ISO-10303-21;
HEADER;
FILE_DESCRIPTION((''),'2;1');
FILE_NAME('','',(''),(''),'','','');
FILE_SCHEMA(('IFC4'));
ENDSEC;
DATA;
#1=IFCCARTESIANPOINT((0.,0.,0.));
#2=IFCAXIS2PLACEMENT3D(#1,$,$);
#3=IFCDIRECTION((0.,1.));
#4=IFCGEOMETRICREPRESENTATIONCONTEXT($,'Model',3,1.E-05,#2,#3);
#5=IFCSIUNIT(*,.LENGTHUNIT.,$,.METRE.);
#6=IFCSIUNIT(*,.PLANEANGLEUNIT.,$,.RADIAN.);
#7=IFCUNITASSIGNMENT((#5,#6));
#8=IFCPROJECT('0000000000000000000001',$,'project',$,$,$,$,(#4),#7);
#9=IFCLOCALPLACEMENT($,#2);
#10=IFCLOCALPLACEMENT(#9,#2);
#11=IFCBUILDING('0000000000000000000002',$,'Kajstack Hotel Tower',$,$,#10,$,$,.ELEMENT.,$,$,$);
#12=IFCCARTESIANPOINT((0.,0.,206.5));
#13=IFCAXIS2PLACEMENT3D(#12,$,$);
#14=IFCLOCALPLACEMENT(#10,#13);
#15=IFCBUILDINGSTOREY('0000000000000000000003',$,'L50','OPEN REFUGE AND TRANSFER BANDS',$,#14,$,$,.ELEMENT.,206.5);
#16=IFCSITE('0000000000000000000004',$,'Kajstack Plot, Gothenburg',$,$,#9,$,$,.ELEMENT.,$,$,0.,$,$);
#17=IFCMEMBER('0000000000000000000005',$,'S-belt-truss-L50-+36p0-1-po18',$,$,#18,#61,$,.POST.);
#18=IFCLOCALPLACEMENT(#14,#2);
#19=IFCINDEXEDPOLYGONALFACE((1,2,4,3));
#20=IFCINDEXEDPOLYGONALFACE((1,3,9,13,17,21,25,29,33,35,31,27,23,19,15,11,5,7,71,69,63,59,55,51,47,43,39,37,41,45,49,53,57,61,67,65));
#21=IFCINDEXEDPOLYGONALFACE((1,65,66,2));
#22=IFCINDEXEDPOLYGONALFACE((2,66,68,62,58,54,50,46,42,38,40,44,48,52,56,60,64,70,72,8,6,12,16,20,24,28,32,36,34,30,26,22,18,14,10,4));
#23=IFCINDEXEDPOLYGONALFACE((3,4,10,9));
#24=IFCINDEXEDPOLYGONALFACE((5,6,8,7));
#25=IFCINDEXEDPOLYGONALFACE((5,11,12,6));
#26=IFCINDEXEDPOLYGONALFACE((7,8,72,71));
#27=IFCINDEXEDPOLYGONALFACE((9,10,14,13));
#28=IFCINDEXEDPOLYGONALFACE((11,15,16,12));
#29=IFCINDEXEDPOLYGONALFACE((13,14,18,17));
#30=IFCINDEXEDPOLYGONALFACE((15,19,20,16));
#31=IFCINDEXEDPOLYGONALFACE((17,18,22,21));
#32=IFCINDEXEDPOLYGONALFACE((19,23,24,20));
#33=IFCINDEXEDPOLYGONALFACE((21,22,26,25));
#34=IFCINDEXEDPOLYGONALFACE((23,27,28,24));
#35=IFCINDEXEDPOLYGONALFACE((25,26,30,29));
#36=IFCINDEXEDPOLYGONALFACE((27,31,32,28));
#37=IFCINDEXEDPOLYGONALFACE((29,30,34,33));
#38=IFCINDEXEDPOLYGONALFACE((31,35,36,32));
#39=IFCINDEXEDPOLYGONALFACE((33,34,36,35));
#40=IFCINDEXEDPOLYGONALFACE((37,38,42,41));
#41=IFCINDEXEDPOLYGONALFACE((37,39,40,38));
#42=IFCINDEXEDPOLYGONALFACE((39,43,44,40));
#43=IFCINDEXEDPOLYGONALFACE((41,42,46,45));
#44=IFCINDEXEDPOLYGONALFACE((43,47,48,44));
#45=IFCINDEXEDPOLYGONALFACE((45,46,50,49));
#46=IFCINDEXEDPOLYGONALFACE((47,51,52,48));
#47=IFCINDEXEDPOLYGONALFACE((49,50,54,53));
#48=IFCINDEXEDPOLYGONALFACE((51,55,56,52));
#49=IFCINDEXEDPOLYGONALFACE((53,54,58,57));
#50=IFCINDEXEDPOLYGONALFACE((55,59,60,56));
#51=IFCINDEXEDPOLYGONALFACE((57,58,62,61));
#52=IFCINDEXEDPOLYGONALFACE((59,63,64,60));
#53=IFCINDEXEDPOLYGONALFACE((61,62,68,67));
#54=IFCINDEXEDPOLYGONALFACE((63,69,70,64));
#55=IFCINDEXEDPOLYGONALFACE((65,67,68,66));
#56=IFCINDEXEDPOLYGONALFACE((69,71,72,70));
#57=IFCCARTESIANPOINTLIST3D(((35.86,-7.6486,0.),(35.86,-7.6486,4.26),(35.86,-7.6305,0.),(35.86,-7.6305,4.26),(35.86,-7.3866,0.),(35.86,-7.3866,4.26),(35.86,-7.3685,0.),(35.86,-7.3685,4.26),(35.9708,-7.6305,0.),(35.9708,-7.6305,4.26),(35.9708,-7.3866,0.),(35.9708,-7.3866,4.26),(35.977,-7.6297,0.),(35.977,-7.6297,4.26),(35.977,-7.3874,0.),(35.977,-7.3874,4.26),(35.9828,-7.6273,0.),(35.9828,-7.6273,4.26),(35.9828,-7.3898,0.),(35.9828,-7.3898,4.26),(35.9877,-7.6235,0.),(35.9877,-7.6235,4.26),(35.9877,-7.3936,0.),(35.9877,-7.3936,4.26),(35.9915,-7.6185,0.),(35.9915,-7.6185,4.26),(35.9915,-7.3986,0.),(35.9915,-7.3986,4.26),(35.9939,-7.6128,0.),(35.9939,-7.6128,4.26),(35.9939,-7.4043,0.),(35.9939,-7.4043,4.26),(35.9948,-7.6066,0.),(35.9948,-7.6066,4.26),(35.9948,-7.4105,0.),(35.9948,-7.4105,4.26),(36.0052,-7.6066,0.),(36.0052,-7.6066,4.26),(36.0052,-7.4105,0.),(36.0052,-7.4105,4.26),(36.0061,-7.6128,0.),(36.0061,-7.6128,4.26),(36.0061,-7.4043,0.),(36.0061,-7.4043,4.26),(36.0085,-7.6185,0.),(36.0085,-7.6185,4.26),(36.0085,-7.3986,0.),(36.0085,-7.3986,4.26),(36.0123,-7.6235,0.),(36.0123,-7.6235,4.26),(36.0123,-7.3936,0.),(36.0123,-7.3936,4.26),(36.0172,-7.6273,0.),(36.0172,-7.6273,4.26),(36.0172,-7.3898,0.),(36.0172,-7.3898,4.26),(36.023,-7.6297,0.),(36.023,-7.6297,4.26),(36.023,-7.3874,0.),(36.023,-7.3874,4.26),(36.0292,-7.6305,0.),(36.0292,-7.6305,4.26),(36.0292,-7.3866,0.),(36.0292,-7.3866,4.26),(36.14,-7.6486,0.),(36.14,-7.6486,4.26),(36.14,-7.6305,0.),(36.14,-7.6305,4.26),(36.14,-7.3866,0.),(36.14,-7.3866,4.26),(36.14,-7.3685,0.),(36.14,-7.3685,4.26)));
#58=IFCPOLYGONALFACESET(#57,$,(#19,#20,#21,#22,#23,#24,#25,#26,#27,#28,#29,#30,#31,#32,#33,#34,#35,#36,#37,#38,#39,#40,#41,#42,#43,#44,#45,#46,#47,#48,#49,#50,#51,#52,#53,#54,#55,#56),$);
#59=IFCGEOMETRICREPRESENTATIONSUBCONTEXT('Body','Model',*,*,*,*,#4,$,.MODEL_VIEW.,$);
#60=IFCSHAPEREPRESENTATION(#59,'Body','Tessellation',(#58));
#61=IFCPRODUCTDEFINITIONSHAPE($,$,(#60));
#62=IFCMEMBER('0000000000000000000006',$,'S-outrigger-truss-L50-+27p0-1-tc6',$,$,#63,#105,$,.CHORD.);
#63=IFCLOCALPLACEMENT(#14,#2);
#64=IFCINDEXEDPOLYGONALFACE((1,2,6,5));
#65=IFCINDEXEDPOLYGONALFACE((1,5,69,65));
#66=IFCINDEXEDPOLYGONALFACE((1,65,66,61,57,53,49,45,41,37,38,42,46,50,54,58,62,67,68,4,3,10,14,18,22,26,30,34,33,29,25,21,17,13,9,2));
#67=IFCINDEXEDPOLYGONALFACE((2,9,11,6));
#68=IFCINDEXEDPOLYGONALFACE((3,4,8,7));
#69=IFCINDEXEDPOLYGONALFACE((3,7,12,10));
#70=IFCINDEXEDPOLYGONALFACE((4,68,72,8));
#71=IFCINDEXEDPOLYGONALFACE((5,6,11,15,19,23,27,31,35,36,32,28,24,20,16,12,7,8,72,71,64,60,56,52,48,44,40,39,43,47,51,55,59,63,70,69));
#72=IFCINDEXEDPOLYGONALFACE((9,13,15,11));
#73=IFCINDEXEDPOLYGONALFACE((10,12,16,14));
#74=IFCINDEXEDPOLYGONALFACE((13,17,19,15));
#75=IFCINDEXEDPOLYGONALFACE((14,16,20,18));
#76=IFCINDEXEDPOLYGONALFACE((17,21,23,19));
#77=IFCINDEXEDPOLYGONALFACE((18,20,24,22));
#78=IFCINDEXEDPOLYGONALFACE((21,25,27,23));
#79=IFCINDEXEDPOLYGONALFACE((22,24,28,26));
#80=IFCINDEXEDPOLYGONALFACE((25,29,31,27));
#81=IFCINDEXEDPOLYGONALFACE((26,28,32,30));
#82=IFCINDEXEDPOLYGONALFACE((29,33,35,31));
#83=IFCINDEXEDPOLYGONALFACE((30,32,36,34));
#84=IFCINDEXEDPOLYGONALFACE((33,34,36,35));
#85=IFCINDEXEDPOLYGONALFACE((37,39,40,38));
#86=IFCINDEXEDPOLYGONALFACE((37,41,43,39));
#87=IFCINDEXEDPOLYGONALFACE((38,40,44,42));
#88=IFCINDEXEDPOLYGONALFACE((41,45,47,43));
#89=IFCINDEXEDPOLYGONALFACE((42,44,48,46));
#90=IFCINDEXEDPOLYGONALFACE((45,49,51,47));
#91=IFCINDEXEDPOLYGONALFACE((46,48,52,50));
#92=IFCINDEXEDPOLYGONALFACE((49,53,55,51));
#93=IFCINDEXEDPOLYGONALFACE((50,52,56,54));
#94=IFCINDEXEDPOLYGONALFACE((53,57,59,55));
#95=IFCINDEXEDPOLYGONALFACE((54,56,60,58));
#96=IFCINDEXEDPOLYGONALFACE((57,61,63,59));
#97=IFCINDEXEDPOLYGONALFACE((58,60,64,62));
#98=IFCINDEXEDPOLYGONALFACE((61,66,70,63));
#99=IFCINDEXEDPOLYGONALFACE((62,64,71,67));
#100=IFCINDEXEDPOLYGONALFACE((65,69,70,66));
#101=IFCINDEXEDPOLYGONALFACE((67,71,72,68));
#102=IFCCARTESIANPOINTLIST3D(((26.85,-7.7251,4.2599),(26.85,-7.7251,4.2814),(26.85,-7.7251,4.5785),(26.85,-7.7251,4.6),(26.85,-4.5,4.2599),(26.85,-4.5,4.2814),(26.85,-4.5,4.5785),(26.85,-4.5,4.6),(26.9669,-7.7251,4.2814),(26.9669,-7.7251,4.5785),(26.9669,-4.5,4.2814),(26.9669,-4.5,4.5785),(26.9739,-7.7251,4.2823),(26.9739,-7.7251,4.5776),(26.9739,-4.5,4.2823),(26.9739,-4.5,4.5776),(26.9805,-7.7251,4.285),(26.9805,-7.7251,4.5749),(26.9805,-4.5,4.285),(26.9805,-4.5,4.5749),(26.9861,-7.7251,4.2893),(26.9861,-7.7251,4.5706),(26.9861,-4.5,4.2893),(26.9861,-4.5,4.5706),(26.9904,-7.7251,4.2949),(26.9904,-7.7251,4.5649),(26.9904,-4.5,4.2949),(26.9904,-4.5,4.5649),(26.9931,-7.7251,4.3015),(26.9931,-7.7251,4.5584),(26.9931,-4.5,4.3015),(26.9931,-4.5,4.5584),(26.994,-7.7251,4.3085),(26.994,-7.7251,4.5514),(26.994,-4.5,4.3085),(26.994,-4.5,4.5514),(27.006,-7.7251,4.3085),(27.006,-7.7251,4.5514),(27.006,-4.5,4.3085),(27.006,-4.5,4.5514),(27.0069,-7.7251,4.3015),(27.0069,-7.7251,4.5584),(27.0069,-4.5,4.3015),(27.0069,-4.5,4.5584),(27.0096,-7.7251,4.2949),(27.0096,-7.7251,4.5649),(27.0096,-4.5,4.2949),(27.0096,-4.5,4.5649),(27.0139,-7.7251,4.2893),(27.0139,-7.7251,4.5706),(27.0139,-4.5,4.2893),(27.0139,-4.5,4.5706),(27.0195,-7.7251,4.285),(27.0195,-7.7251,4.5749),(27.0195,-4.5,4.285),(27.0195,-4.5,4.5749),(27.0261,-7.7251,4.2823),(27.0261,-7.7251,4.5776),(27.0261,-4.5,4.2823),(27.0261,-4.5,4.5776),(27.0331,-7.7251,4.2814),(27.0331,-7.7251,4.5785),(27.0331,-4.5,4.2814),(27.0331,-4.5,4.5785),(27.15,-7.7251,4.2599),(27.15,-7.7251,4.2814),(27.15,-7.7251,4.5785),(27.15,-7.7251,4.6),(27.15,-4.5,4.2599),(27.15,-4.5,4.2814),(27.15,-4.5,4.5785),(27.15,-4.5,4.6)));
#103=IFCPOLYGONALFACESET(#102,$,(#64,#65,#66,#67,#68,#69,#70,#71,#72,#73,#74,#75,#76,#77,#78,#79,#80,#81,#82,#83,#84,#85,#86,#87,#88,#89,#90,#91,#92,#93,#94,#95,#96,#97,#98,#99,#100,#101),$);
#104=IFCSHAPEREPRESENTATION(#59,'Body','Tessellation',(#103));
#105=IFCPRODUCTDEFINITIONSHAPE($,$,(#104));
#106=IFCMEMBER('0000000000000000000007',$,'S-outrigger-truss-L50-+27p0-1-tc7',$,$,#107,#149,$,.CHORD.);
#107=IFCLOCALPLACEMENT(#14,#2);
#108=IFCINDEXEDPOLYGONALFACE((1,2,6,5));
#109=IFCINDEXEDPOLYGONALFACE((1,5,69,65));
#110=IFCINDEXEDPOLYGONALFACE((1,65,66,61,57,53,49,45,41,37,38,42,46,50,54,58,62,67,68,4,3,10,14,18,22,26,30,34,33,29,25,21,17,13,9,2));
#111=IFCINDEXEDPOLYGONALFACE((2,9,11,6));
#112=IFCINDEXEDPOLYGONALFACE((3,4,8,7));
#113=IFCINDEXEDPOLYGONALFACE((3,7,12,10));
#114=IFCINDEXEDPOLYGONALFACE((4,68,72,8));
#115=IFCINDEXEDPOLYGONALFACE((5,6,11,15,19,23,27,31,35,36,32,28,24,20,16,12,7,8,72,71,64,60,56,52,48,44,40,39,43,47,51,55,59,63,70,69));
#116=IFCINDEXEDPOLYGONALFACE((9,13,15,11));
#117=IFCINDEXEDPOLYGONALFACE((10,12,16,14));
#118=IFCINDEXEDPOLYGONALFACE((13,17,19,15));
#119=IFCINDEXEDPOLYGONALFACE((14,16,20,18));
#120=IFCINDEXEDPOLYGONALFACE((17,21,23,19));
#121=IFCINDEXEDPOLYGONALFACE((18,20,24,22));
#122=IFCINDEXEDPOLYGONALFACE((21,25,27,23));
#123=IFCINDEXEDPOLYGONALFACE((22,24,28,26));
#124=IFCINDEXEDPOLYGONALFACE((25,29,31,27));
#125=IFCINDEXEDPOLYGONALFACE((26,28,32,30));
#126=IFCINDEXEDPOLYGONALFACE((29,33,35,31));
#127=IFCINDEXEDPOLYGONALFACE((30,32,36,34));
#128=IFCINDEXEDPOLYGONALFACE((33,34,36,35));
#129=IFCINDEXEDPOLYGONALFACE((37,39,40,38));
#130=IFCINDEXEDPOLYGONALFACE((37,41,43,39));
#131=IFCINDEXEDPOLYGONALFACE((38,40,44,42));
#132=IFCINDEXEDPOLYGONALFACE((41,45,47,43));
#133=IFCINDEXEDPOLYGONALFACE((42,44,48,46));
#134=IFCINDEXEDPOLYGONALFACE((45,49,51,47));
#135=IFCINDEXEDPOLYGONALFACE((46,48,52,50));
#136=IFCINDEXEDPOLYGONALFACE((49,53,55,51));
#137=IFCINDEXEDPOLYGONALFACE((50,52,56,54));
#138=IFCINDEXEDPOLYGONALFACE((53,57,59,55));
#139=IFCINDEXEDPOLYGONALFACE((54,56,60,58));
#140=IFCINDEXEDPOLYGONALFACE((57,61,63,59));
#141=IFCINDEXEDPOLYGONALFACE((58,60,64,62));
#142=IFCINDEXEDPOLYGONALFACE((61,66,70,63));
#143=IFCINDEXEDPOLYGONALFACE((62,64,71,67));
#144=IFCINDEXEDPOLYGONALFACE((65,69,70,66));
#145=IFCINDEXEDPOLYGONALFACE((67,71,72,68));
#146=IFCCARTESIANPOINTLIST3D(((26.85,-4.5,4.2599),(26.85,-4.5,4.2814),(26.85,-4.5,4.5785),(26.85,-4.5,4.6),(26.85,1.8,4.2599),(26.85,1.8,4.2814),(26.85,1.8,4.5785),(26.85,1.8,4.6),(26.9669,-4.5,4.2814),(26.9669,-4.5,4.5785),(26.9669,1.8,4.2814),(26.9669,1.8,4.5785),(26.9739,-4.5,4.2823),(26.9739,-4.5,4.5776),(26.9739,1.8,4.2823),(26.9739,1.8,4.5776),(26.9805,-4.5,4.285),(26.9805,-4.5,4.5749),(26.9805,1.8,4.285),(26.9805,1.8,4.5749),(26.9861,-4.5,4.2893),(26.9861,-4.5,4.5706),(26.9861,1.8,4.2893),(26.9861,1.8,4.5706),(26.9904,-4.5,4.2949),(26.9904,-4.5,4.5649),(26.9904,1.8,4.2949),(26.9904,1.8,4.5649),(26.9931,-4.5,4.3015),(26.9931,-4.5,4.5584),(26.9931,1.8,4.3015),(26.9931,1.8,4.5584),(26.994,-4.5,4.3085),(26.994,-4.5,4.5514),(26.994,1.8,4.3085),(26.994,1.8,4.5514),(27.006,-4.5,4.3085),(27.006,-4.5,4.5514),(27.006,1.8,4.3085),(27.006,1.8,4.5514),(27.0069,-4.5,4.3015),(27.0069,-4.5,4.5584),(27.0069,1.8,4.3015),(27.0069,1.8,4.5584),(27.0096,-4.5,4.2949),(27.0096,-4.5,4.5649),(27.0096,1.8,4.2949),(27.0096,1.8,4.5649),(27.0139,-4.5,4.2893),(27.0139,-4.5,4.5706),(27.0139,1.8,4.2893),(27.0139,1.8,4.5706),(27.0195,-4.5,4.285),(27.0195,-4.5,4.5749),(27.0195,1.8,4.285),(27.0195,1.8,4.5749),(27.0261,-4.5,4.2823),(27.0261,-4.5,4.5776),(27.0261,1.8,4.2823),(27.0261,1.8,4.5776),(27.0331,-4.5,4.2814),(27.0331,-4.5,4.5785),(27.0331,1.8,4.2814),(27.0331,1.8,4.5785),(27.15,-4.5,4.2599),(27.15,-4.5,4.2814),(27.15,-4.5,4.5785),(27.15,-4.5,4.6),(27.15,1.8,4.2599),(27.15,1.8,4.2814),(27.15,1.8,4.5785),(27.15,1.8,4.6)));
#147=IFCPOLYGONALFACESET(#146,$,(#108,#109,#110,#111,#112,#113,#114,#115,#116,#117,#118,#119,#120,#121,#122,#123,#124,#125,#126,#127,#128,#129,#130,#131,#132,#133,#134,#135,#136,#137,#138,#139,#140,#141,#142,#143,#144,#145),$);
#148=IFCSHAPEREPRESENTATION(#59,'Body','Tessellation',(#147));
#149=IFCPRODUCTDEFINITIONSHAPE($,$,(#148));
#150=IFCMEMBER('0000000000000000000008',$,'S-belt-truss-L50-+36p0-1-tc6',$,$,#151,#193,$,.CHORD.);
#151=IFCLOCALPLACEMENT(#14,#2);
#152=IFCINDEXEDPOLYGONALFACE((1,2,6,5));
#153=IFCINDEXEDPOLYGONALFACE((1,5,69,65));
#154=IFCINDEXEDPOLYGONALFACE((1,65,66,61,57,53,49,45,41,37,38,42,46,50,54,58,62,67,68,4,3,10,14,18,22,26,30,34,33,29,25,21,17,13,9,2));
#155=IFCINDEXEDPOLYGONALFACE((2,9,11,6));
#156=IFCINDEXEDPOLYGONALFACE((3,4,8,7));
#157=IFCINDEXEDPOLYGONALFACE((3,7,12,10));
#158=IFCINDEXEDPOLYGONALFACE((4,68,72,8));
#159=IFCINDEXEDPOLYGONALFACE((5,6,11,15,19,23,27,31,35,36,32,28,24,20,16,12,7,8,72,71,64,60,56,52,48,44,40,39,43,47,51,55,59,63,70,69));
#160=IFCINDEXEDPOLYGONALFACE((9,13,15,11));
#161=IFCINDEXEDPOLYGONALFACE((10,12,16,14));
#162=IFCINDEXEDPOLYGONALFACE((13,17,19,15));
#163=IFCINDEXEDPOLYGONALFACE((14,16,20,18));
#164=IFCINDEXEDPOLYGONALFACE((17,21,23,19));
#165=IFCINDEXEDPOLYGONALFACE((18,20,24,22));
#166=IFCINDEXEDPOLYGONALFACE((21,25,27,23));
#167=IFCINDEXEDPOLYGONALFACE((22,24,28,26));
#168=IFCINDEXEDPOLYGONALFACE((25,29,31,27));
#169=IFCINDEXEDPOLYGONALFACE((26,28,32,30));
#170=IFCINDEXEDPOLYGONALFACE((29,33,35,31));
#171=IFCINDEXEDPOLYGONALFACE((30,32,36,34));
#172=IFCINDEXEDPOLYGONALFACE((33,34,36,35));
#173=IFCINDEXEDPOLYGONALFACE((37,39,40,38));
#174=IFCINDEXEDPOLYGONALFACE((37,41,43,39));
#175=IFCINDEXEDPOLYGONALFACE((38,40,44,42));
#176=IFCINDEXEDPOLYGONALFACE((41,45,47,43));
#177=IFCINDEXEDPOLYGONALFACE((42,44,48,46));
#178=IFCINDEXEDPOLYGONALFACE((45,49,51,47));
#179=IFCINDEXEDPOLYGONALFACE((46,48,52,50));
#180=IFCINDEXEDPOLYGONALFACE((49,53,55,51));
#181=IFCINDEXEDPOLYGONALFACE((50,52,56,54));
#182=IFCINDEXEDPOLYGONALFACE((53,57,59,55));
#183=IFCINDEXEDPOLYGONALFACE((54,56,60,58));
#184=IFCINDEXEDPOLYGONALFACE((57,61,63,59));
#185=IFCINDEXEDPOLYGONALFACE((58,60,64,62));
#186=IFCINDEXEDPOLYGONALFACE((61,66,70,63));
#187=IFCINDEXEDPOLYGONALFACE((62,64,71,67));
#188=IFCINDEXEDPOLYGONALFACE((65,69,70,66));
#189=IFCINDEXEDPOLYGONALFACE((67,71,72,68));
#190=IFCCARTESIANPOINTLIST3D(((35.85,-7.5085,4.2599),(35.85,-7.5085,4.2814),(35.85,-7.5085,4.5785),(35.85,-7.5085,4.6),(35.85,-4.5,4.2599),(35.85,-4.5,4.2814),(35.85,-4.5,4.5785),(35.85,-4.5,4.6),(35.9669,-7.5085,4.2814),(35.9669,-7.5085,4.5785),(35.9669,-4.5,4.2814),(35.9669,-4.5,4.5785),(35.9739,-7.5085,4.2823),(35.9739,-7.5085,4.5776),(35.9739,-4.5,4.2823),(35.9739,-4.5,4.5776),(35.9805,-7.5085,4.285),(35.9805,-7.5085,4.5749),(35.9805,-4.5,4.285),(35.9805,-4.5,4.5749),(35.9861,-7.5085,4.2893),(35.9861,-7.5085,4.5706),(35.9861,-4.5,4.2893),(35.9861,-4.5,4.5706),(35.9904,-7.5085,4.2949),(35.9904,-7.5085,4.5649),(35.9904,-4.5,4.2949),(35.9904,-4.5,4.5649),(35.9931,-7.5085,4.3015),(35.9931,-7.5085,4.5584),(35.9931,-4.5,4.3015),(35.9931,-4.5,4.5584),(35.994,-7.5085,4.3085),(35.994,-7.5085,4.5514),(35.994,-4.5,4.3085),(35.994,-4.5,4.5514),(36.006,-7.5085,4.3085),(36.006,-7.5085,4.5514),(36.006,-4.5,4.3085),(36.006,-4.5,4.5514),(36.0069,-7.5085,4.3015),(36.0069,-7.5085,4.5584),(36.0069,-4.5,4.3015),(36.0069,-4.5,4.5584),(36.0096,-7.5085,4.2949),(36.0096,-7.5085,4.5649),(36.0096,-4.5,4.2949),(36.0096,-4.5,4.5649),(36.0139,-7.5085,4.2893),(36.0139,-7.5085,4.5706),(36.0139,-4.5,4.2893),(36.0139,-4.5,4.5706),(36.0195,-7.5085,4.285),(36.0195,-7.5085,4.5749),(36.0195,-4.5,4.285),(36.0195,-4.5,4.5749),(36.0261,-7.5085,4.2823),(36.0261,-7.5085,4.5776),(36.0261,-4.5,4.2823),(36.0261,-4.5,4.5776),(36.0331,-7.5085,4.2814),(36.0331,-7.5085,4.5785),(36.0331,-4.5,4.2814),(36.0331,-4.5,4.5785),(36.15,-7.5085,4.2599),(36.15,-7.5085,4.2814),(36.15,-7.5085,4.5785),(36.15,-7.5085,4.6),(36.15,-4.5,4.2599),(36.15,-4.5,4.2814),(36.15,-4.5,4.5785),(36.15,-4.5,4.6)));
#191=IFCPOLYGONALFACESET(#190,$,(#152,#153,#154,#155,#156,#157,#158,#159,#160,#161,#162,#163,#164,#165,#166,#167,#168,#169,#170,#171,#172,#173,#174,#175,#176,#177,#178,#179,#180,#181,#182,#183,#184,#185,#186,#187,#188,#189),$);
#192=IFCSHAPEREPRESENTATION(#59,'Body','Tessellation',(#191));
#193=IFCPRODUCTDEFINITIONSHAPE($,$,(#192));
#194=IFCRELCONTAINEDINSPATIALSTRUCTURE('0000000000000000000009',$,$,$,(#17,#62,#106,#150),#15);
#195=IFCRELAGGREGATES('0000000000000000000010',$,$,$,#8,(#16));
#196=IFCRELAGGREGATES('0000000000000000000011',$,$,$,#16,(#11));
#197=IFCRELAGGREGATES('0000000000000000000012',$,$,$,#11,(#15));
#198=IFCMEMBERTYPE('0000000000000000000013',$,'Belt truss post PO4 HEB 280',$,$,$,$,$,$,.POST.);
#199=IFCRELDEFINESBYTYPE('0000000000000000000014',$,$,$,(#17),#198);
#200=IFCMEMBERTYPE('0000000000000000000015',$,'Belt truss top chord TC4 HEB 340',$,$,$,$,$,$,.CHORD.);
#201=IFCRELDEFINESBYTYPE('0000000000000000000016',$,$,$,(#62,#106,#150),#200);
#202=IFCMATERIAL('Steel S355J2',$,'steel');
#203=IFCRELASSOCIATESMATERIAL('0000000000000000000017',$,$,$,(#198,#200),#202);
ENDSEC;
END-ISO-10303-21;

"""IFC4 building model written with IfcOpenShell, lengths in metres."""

from ifc_helpers import new_model, si_unit, direction, frame, origin, origin_2d, place, context, subcontext, project, spatial, i_section, extrude, material, material_profile, profile_set, type_object, element, save


model = new_model("IFC4")

# Units and contexts
model_context = context("Model", 3, precision=1e-05, world=origin(), true_north=direction((0.0, 1.0)))
body_context = subcontext(model_context, "Body", "Model", "MODEL_VIEW")
ifc_project = project(units=[si_unit("LENGTHUNIT", "METRE"), si_unit("PLANEANGLEUNIT", "RADIAN")], contexts=[model_context])

# Site, building, storey
site_placement = place(None, origin())
site = spatial("IfcSite", under=ifc_project, at=site_placement, Name="Kajstack Plot, Gothenburg", CompositionType="ELEMENT", RefElevation=0.0)
building_placement = place(site_placement, origin())
building = spatial("IfcBuilding", under=site, at=building_placement, Name="Kajstack Hotel Tower", CompositionType="ELEMENT")
storey_placement = place(building_placement, frame((0.0, 0.0, 206.5)))
storey = spatial("IfcBuildingStorey", under=building, at=storey_placement, Name="L50", Description="OPEN REFUGE AND TRANSFER BANDS", CompositionType="ELEMENT", Elevation=206.5)

# Members
ifc_material = material(Name="Steel S355J2", Category="steel")
ifc_material_profile_1 = material_profile(ifc_material, i_section(OverallWidth=0.28, OverallDepth=0.28, WebThickness=0.0105, FlangeThickness=0.0181, FilletRadius=0.0239, at=origin_2d()), Name="HEB 280")
ifc_profile_set_1 = profile_set([ifc_material_profile_1], Name="Steel S355J2")
member_type_1 = type_object("IfcMemberType", Name="Belt truss post PO4 HEB 280", PredefinedType="POST", material=ifc_profile_set_1)
for number, where, z_axis, x_axis, name in (
    (1, (36.0, -7.5085, 0.0), (0.0, 0.0, 1.0), (1.0, 0.0, 0.0), "S-belt-truss-L50-+36p0-1-po18"),
):
    element("IfcMember", number, at=place(storey_placement, frame(where, z_axis=z_axis, x_axis=x_axis)), inside=storey, type_object=member_type_1, Name=name, PredefinedType="POST", context=body_context, shape_type="SweptSolid", body=[
        extrude(i_section(OverallWidth=0.28, OverallDepth=0.28, WebThickness=0.0105, FlangeThickness=0.0181, FilletRadius=0.0239, at=origin_2d()), origin(), (0.0, 0.0, 1.0), 4.26),
    ])
ifc_material_profile_2 = material_profile(ifc_material, i_section(OverallWidth=0.3, OverallDepth=0.3401, WebThickness=0.012, FlangeThickness=0.0215, FilletRadius=0.0271, at=origin_2d()), Name="HEB 340")
ifc_profile_set_2 = profile_set([ifc_material_profile_2], Name="Steel S355J2")
member_type_2 = type_object("IfcMemberType", Name="Belt truss top chord TC4 HEB 340", PredefinedType="CHORD", material=ifc_profile_set_2)
member_1_placement = place(storey_placement, frame((27.0, -7.7251, 4.4299), z_axis=(0.0, 1.0, 0.0), x_axis=(-1.0, 0.0, 0.0)))
element("IfcMember", 2, at=member_1_placement, inside=storey, type_object=member_type_2, Name="S-outrigger-truss-L50-+27p0-1-tc6", PredefinedType="CHORD", context=body_context, shape_type="SweptSolid", body=[
    extrude(i_section(OverallWidth=0.3, OverallDepth=0.3401, WebThickness=0.012, FlangeThickness=0.0215, FilletRadius=0.0271, at=origin_2d()), origin(), (0.0, 0.0, 1.0), 3.2251),
])
member_2_placement = place(storey_placement, frame((27.0, -4.5, 4.4299), z_axis=(0.0, 1.0, 0.0), x_axis=(-1.0, 0.0, 0.0)))
element("IfcMember", 3, at=member_2_placement, inside=storey, type_object=member_type_2, Name="S-outrigger-truss-L50-+27p0-1-tc7", PredefinedType="CHORD", context=body_context, shape_type="SweptSolid", body=[
    extrude(i_section(OverallWidth=0.3, OverallDepth=0.3401, WebThickness=0.012, FlangeThickness=0.0215, FilletRadius=0.0271, at=origin_2d()), origin(), (0.0, 0.0, 1.0), 6.3),
])
member_3_placement = place(storey_placement, frame((36.0, -7.5085, 4.4299), z_axis=(0.0, 1.0, 0.0), x_axis=(-1.0, 0.0, 0.0)))
element("IfcMember", 4, at=member_3_placement, inside=storey, type_object=member_type_2, Name="S-belt-truss-L50-+36p0-1-tc6", PredefinedType="CHORD", context=body_context, shape_type="SweptSolid", body=[
    extrude(i_section(OverallWidth=0.3, OverallDepth=0.3401, WebThickness=0.012, FlangeThickness=0.0215, FilletRadius=0.0271, at=origin_2d()), origin(), (0.0, 0.0, 1.0), 3.0085),
])

save(model, "model.ifc")
